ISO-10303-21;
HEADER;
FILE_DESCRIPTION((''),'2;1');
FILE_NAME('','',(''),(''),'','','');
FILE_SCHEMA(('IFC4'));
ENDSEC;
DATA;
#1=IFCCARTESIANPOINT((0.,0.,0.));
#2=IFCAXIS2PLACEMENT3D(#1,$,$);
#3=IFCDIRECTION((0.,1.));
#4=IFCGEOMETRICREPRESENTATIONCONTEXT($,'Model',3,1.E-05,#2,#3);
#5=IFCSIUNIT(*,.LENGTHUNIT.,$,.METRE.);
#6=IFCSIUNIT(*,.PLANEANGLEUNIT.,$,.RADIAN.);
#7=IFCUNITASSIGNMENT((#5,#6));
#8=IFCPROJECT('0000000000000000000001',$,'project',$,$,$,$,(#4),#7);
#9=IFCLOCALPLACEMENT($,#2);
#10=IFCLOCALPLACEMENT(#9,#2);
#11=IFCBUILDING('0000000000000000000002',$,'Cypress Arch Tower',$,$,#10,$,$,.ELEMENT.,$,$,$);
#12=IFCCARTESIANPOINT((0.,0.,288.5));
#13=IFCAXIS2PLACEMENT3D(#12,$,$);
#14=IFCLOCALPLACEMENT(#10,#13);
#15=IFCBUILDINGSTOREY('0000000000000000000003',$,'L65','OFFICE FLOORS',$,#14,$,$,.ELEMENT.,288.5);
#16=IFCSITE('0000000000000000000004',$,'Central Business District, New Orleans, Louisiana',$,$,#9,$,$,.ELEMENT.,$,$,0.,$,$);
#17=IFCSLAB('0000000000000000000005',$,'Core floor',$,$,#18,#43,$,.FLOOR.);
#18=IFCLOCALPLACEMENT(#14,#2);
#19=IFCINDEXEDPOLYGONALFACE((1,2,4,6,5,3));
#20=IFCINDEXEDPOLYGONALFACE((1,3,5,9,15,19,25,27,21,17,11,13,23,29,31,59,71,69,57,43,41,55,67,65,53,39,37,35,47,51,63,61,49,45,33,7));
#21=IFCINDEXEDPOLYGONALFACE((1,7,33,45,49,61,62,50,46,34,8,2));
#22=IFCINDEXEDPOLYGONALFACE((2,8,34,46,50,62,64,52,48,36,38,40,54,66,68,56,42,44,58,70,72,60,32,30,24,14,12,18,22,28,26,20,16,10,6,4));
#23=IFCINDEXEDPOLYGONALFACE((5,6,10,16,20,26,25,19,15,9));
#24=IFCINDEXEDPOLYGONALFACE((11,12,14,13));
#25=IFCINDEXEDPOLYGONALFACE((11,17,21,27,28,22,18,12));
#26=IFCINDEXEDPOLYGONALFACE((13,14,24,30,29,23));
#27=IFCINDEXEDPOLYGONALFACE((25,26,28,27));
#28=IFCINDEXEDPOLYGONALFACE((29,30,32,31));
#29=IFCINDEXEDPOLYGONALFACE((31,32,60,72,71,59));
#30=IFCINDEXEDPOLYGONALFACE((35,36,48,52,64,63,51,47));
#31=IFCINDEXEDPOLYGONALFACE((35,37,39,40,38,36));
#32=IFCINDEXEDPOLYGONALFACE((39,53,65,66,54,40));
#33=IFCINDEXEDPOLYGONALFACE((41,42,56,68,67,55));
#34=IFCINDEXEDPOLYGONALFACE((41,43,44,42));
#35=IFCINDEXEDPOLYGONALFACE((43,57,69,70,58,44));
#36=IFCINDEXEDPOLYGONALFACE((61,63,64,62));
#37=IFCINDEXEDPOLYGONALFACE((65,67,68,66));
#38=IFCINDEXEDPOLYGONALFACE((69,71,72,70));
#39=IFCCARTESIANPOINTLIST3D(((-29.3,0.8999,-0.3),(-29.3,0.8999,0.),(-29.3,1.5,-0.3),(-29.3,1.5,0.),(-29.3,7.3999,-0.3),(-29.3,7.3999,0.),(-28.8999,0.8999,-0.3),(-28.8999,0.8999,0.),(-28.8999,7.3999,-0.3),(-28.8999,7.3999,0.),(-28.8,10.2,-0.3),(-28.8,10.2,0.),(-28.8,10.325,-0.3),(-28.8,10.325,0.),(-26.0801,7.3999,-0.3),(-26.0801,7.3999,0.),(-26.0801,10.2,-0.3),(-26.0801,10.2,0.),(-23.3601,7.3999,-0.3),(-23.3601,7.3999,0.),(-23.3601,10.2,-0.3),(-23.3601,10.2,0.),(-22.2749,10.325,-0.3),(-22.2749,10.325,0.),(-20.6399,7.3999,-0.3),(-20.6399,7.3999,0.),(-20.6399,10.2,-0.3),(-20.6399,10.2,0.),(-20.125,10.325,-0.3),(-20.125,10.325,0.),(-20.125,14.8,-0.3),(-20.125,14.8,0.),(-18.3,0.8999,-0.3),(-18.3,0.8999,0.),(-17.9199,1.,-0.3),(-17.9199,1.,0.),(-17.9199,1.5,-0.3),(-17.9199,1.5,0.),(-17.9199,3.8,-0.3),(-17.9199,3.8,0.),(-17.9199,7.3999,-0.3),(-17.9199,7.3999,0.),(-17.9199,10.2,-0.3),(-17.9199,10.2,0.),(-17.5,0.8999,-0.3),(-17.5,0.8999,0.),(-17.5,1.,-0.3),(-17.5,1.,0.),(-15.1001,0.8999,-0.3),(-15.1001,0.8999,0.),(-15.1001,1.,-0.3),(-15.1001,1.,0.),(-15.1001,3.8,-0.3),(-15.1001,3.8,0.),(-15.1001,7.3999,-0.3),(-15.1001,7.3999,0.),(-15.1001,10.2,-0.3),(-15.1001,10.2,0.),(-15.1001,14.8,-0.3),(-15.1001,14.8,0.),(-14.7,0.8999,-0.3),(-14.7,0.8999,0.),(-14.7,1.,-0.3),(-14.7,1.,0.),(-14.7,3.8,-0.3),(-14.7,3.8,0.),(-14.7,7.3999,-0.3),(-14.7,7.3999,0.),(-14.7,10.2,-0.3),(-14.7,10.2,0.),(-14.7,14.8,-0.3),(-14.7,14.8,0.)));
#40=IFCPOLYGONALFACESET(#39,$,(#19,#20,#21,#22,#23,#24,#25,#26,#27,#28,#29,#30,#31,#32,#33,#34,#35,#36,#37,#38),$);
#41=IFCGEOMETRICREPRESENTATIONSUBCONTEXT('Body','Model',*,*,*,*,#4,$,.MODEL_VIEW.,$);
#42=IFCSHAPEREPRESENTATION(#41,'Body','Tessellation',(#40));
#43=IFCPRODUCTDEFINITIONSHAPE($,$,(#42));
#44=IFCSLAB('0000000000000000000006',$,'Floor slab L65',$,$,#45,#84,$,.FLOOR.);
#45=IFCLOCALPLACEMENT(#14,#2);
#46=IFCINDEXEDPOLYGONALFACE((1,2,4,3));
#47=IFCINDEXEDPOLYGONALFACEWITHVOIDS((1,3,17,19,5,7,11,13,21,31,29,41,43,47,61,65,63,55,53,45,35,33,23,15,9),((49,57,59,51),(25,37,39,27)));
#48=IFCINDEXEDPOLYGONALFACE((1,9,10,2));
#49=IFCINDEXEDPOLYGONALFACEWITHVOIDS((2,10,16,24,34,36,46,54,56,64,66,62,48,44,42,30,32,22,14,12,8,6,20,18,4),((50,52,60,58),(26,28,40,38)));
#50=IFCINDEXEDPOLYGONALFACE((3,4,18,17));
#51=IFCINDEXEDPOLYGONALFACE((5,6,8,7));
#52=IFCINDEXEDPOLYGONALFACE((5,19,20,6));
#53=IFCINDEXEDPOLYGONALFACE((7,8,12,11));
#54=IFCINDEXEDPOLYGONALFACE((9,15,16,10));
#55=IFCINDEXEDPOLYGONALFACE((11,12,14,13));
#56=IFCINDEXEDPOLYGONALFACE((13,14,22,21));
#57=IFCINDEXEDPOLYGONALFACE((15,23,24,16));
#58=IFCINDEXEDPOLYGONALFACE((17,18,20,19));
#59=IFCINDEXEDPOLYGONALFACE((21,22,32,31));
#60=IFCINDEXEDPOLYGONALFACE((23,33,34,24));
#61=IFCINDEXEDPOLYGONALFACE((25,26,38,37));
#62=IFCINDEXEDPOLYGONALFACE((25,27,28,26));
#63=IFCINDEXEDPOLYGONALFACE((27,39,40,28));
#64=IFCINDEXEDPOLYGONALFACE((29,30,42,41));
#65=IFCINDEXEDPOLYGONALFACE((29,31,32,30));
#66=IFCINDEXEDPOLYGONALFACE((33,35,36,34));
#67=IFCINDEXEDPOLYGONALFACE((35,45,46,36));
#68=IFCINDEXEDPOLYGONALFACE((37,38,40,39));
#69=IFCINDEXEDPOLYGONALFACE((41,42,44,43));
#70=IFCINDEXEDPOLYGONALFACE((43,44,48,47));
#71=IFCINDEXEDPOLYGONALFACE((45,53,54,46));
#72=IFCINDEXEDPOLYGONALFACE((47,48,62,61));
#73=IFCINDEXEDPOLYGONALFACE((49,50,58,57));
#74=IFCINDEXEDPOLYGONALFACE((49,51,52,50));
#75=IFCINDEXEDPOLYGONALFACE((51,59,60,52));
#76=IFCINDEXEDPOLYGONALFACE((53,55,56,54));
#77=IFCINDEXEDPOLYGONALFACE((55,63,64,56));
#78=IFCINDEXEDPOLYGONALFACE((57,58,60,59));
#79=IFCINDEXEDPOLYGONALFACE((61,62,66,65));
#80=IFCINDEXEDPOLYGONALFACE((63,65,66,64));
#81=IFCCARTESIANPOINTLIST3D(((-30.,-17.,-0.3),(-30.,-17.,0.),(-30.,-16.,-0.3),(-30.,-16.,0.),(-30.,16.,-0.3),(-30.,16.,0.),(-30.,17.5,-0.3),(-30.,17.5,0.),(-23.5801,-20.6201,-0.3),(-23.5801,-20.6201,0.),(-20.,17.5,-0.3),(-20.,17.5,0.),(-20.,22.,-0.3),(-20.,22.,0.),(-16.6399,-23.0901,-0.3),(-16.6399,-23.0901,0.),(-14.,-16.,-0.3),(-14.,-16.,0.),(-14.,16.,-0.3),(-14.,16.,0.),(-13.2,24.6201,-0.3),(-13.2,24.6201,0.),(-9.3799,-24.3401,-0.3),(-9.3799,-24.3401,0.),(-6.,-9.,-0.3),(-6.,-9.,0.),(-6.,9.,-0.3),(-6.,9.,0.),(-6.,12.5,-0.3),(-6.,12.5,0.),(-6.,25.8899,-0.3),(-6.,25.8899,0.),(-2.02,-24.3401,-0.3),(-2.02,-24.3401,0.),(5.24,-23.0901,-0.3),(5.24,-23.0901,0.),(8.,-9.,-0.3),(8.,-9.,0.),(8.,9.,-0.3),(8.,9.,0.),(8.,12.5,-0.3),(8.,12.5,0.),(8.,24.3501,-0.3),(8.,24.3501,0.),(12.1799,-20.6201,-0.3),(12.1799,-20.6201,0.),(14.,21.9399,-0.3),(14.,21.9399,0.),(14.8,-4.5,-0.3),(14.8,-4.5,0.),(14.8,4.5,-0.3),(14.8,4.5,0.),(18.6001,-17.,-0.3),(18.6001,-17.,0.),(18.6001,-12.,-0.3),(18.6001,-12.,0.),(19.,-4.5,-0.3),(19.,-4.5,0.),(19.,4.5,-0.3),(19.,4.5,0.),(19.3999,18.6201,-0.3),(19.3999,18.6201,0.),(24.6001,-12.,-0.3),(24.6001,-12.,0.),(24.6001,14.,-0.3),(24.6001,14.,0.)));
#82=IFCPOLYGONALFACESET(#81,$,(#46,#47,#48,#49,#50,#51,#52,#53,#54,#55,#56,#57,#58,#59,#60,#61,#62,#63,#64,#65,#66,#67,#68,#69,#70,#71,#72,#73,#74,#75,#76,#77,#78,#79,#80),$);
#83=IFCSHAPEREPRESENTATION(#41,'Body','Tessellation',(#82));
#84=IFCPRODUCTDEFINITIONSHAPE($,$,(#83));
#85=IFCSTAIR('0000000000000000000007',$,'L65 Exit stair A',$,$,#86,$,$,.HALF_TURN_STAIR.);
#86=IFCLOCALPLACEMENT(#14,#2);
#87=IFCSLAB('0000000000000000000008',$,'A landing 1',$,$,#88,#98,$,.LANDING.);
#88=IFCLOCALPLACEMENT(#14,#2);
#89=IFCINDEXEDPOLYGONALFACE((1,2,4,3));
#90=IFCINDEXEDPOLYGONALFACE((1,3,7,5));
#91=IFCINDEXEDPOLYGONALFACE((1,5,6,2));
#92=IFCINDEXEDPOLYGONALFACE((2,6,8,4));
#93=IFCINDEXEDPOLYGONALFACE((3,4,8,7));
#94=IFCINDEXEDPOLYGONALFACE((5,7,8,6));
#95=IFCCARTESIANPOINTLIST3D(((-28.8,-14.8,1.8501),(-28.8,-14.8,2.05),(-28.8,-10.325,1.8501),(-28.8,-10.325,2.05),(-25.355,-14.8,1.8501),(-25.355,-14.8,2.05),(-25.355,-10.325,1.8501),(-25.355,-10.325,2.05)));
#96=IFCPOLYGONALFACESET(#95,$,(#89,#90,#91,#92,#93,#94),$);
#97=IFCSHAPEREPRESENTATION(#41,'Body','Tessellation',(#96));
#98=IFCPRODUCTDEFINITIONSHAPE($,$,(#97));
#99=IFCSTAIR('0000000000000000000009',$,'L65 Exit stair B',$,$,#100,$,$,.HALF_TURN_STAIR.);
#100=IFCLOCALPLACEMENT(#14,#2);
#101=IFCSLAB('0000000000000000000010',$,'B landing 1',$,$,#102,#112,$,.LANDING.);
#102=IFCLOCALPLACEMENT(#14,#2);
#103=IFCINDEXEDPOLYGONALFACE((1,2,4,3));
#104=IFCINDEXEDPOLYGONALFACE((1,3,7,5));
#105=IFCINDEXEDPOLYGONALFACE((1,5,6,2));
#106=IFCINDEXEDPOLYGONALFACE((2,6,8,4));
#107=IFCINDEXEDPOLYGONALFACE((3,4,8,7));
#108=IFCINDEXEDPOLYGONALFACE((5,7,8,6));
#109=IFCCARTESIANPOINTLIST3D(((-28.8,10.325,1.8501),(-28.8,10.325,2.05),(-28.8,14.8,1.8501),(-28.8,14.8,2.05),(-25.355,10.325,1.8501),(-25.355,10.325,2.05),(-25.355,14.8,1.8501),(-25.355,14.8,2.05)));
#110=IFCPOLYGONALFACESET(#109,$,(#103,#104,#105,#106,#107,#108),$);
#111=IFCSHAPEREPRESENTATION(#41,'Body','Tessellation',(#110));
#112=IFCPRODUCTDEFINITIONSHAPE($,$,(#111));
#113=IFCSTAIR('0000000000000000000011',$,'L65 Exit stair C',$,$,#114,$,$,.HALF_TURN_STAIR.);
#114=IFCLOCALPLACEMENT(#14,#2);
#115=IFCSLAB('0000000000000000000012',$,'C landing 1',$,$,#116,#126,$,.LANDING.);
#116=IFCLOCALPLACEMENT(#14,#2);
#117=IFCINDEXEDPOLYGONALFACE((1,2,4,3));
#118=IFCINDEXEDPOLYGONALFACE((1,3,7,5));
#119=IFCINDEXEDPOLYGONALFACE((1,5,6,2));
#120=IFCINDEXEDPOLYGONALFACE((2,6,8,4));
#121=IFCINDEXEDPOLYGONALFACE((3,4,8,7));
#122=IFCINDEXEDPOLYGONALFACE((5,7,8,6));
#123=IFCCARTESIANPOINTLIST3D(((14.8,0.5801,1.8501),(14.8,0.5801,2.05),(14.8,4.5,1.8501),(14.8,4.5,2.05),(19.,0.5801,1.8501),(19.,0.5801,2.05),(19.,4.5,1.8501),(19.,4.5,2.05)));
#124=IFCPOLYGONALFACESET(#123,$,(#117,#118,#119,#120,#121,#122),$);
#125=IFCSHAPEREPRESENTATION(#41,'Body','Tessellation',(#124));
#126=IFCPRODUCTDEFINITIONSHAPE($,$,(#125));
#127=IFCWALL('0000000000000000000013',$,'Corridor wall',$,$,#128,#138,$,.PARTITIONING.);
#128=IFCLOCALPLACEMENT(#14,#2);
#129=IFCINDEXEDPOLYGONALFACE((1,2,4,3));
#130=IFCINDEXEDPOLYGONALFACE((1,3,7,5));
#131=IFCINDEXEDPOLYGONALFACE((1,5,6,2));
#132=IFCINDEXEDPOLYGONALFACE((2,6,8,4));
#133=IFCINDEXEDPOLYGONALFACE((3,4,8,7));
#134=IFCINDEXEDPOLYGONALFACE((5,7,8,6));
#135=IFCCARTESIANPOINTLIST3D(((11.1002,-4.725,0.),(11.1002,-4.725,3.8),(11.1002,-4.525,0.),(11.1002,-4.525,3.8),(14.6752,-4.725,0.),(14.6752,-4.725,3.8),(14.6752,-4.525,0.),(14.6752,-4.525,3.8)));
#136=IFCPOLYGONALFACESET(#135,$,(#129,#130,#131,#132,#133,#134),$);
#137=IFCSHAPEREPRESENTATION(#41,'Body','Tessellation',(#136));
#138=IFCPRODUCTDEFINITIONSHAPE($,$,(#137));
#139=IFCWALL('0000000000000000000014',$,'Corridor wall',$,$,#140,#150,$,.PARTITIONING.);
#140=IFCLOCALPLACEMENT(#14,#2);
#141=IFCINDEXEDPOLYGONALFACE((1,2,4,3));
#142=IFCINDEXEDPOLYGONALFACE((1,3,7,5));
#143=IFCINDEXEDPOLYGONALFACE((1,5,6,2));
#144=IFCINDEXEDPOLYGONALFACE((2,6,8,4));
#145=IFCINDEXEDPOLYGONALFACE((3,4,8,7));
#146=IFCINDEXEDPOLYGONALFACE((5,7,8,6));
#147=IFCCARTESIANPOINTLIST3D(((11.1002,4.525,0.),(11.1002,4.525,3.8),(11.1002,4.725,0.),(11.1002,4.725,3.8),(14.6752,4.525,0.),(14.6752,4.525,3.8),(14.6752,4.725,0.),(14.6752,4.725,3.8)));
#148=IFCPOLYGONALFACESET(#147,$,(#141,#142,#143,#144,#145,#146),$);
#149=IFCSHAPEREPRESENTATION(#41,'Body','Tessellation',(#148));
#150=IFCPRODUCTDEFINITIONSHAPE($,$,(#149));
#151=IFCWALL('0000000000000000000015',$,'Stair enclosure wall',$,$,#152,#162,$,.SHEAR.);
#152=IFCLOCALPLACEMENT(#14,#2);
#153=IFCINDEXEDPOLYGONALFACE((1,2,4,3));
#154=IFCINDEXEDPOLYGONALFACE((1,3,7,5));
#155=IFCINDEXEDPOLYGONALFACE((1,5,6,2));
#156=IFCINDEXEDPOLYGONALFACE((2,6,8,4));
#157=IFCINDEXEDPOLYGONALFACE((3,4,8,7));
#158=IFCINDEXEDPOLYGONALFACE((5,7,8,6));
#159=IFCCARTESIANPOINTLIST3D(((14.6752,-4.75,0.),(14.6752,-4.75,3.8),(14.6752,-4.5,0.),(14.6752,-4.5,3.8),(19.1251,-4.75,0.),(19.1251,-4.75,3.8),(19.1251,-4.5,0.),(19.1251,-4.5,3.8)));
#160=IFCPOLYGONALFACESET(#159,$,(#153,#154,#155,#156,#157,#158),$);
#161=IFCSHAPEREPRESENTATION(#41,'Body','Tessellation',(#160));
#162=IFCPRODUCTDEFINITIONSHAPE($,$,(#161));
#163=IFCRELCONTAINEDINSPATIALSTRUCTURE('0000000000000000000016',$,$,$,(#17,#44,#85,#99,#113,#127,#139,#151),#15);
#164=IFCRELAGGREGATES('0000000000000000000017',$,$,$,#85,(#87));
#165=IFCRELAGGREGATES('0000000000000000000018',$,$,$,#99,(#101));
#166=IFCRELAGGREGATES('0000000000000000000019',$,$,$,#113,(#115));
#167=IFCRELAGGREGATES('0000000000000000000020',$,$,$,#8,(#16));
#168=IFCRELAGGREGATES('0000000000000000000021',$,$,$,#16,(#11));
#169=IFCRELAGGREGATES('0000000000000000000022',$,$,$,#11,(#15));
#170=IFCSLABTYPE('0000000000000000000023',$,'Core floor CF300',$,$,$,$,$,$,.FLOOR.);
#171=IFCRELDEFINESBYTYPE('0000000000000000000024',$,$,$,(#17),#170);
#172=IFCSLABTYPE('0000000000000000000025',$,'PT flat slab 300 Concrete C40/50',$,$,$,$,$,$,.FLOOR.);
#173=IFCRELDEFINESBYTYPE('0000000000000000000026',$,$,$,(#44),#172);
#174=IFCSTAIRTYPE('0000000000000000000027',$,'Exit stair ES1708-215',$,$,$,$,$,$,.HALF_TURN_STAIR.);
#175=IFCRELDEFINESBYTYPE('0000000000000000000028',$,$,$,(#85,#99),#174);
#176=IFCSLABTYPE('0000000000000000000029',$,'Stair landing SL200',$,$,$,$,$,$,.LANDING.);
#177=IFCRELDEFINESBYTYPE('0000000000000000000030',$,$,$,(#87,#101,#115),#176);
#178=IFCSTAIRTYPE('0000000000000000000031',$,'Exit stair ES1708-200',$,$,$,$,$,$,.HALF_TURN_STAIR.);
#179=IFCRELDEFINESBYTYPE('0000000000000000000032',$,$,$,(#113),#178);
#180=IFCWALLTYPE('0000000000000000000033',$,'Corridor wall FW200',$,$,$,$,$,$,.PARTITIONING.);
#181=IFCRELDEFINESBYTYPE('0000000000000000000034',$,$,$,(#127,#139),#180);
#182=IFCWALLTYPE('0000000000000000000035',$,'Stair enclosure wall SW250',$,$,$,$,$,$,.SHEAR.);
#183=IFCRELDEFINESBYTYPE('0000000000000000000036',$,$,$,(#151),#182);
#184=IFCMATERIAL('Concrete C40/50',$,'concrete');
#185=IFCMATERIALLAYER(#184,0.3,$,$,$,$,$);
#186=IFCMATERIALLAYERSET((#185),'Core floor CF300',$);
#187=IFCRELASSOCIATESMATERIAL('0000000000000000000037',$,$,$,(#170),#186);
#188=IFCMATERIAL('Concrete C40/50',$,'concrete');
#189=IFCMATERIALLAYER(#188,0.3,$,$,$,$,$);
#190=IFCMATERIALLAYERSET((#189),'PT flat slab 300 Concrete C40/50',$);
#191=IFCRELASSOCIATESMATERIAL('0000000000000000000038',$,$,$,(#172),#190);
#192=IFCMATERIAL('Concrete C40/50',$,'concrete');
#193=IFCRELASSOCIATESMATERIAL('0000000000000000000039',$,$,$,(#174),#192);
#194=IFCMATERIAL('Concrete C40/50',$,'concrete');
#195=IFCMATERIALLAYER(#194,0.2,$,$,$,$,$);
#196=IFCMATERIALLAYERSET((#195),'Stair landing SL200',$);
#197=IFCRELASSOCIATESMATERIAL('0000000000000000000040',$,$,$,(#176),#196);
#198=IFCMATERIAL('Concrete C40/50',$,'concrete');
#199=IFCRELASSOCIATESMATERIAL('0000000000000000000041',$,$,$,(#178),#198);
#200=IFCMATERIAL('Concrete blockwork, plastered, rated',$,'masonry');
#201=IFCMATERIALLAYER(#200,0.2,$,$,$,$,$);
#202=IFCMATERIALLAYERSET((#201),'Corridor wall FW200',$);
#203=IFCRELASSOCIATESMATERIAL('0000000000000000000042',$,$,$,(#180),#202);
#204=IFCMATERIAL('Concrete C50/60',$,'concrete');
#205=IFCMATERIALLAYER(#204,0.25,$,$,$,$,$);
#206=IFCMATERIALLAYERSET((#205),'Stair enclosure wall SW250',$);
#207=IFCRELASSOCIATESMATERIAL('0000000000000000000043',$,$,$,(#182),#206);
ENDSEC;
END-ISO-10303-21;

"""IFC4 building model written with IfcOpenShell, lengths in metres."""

from ifc_helpers import new_model, si_unit, direction, frame, frame_2d, origin, place, context, subcontext, project, spatial, polyline, rectangle, outline, extrude, material, layer, layer_set, type_object, element, aggregate, save


model = new_model("IFC4")

# Units and contexts
model_context = context("Model", 3, precision=1e-05, world=origin(), true_north=direction((0.0, 1.0)))
body_context = subcontext(model_context, "Body", "Model", "MODEL_VIEW")
ifc_project = project(units=[si_unit("LENGTHUNIT", "METRE"), si_unit("PLANEANGLEUNIT", "RADIAN")], contexts=[model_context])

# Site, building, storey
site_placement = place(None, origin())
site = spatial("IfcSite", under=ifc_project, at=site_placement, Name="Central Business District, New Orleans, Louisiana", CompositionType="ELEMENT", RefElevation=0.0)
building_placement = place(site_placement, origin())
building = spatial("IfcBuilding", under=site, at=building_placement, Name="Cypress Arch Tower", CompositionType="ELEMENT")
storey_placement = place(building_placement, frame((0.0, 0.0, 288.5)))
storey = spatial("IfcBuildingStorey", under=building, at=storey_placement, Name="L65", Description="OFFICE FLOORS", CompositionType="ELEMENT", Elevation=288.5)

# Slabs
ifc_material_1 = material(Name="Concrete C40/50", Category="concrete")
ifc_layer_1 = layer(ifc_material_1, 0.3)
ifc_layer_set_1 = layer_set([ifc_layer_1], Name="Core floor CF300")
slab_type_1 = type_object("IfcSlabType", Name="Core floor CF300", PredefinedType="FLOOR", material=ifc_layer_set_1)
slab_1_placement = place(storey_placement, frame((0.0, 0.0, -0.3)))
element("IfcSlab", 1, at=slab_1_placement, inside=storey, type_object=slab_type_1, Name="Core floor", PredefinedType="FLOOR", context=body_context, shape_type="SweptSolid", body=[
    extrude(outline(polyline([(-20.6399, 10.2), (-23.3601, 10.2), (-26.0801, 10.2), (-28.8, 10.2), (-28.8, 10.325), (-22.2749, 10.325), (-20.125, 10.325), (-20.125, 14.8), (-15.1001, 14.8), (-14.7, 14.8), (-14.7, 10.2), (-15.1001, 10.2), (-17.9199, 10.2), (-17.9199, 7.3999), (-15.1001, 7.3999), (-14.7, 7.3999), (-14.7, 3.8), (-15.1001, 3.8), (-17.9199, 3.8), (-17.9199, 1.5), (-17.9199, 1.0), (-17.5, 1.0), (-15.1001, 1.0), (-14.7, 1.0), (-14.7, 0.8999), (-15.1001, 0.8999), (-17.5, 0.8999), (-18.3, 0.8999), (-28.8999, 0.8999), (-29.3, 0.8999), (-29.3, 1.5), (-29.3, 7.3999), (-28.8999, 7.3999), (-26.0801, 7.3999), (-23.3601, 7.3999), (-20.6399, 7.3999), (-20.6399, 10.2)])), origin(), (0.0, 0.0, 1.0), 0.3),
])
ifc_material_2 = material(Name="Concrete C40/50", Category="concrete")
ifc_layer_2 = layer(ifc_material_2, 0.3)
ifc_layer_set_2 = layer_set([ifc_layer_2], Name="PT flat slab 300 Concrete C40/50")
slab_type_2 = type_object("IfcSlabType", Name="PT flat slab 300 Concrete C40/50", PredefinedType="FLOOR", material=ifc_layer_set_2)
slab_2_placement = place(storey_placement, frame((0.0, 0.0, -0.3)))
element("IfcSlab", 2, at=slab_2_placement, inside=storey, type_object=slab_type_2, Name="Floor slab L65", PredefinedType="FLOOR", context=body_context, shape_type="SweptSolid", body=[
    extrude(outline(polyline([(-30.0, 17.5), (-20.0, 17.5), (-20.0, 22.0), (-13.2, 24.6201), (-6.0, 25.8899), (-6.0, 12.5), (8.0, 12.5), (8.0, 24.3501), (14.0, 21.9399), (19.3999, 18.6201), (24.6001, 14.0), (24.6001, -12.0), (18.6001, -12.0), (18.6001, -17.0), (12.1799, -20.6201), (5.24, -23.0901), (-2.02, -24.3401), (-9.3799, -24.3401), (-16.6399, -23.0901), (-23.5801, -20.6201), (-30.0, -17.0), (-30.0, -16.0), (-14.0, -16.0), (-14.0, 16.0), (-30.0, 16.0), (-30.0, 17.5)]), holes=[polyline([(-6.0, -9.0), (8.0, -9.0), (8.0, 9.0), (-6.0, 9.0), (-6.0, -9.0)]), polyline([(14.8, -4.5), (19.0, -4.5), (19.0, 4.5), (14.8, 4.5), (14.8, -4.5)])]), origin(), (0.0, 0.0, 1.0), 0.3),
])

# Stairs, slabs
ifc_material_3 = material(Name="Concrete C40/50", Category="concrete")
stair_type_1 = type_object("IfcStairType", Name="Exit stair ES1708-215", PredefinedType="HALF_TURN_STAIR", material=ifc_material_3)
stair_1_placement = place(storey_placement, origin())
stair_1 = element("IfcStair", 3, at=stair_1_placement, inside=storey, type_object=stair_type_1, Name="L65 Exit stair A", PredefinedType="HALF_TURN_STAIR")
ifc_material_4 = material(Name="Concrete C40/50", Category="concrete")
ifc_layer_3 = layer(ifc_material_4, 0.2)
ifc_layer_set_3 = layer_set([ifc_layer_3], Name="Stair landing SL200")
slab_type_3 = type_object("IfcSlabType", Name="Stair landing SL200", PredefinedType="LANDING", material=ifc_layer_set_3)
slab_3_placement = place(storey_placement, frame((0.0, 0.0, 1.8501)))
slab_3 = element("IfcSlab", 4, at=slab_3_placement, type_object=slab_type_3, Name="A landing 1", PredefinedType="LANDING", context=body_context, shape_type="SweptSolid", body=[
    extrude(outline(polyline([(-25.355, -10.325), (-28.8, -10.325), (-28.8, -14.8), (-25.355, -14.8), (-25.355, -10.325)])), origin(), (0.0, 0.0, 1.0), 0.2),
])
aggregate(stair_1, [slab_3])
stair_2_placement = place(storey_placement, origin())
stair_2 = element("IfcStair", 5, at=stair_2_placement, inside=storey, type_object=stair_type_1, Name="L65 Exit stair B", PredefinedType="HALF_TURN_STAIR")
slab_4_placement = place(storey_placement, frame((0.0, 0.0, 1.8501)))
slab_4 = element("IfcSlab", 6, at=slab_4_placement, type_object=slab_type_3, Name="B landing 1", PredefinedType="LANDING", context=body_context, shape_type="SweptSolid", body=[
    extrude(outline(polyline([(-25.355, 14.8), (-28.8, 14.8), (-28.8, 10.325), (-25.355, 10.325), (-25.355, 14.8)])), origin(), (0.0, 0.0, 1.0), 0.2),
])
aggregate(stair_2, [slab_4])
ifc_material_5 = material(Name="Concrete C40/50", Category="concrete")
stair_type_2 = type_object("IfcStairType", Name="Exit stair ES1708-200", PredefinedType="HALF_TURN_STAIR", material=ifc_material_5)
stair_3_placement = place(storey_placement, origin())
stair_3 = element("IfcStair", 7, at=stair_3_placement, inside=storey, type_object=stair_type_2, Name="L65 Exit stair C", PredefinedType="HALF_TURN_STAIR")
slab_5_placement = place(storey_placement, frame((0.0, 0.0, 1.8501)))
slab_5 = element("IfcSlab", 8, at=slab_5_placement, type_object=slab_type_3, Name="C landing 1", PredefinedType="LANDING", context=body_context, shape_type="SweptSolid", body=[
    extrude(outline(polyline([(19.0, 0.5801), (19.0, 4.5), (14.8, 4.5), (14.8, 0.5801), (19.0, 0.5801)])), origin(), (0.0, 0.0, 1.0), 0.2),
])
aggregate(stair_3, [slab_5])

# Walls
ifc_material_6 = material(Name="Concrete blockwork, plastered, rated", Category="masonry")
ifc_layer_4 = layer(ifc_material_6, 0.2)
ifc_layer_set_4 = layer_set([ifc_layer_4], Name="Corridor wall FW200")
wall_type_1 = type_object("IfcWallType", Name="Corridor wall FW200", PredefinedType="PARTITIONING", material=ifc_layer_set_4)
for number, where, z_axis, x_axis, name in (
    (9, (11.1001, -4.625, 0.0), (0.0, 0.0, 1.0), (1.0, 0.0, 0.0), "Corridor wall"),
    (10, (11.1001, 4.625, 0.0), (0.0, 0.0, 1.0), (1.0, 0.0, 0.0), "Corridor wall"),
):
    element("IfcWall", number, at=place(storey_placement, frame(where, z_axis=z_axis, x_axis=x_axis)), inside=storey, type_object=wall_type_1, Name=name, PredefinedType="PARTITIONING", context=body_context, shape_type="SweptSolid", body=[
        extrude(rectangle(XDim=3.575, YDim=0.2, at=frame_2d((1.7876, 0.0))), origin(), (0.0, 0.0, 1.0), 3.8),
    ])
ifc_material_7 = material(Name="Concrete C50/60", Category="concrete")
ifc_layer_5 = layer(ifc_material_7, 0.25)
ifc_layer_set_5 = layer_set([ifc_layer_5], Name="Stair enclosure wall SW250")
wall_type_2 = type_object("IfcWallType", Name="Stair enclosure wall SW250", PredefinedType="SHEAR", material=ifc_layer_set_5)
wall_placement = place(storey_placement, frame((14.675, -4.625, 0.0), z_axis=(0.0, 0.0, 1.0), x_axis=(1.0, 0.0, 0.0)))
element("IfcWall", 11, at=wall_placement, inside=storey, type_object=wall_type_2, Name="Stair enclosure wall", PredefinedType="SHEAR", context=body_context, shape_type="SweptSolid", body=[
    extrude(rectangle(XDim=4.45, YDim=0.25, at=frame_2d((2.2251, 0.0))), origin(), (0.0, 0.0, 1.0), 3.8),
])

save(model, "model.ifc")
